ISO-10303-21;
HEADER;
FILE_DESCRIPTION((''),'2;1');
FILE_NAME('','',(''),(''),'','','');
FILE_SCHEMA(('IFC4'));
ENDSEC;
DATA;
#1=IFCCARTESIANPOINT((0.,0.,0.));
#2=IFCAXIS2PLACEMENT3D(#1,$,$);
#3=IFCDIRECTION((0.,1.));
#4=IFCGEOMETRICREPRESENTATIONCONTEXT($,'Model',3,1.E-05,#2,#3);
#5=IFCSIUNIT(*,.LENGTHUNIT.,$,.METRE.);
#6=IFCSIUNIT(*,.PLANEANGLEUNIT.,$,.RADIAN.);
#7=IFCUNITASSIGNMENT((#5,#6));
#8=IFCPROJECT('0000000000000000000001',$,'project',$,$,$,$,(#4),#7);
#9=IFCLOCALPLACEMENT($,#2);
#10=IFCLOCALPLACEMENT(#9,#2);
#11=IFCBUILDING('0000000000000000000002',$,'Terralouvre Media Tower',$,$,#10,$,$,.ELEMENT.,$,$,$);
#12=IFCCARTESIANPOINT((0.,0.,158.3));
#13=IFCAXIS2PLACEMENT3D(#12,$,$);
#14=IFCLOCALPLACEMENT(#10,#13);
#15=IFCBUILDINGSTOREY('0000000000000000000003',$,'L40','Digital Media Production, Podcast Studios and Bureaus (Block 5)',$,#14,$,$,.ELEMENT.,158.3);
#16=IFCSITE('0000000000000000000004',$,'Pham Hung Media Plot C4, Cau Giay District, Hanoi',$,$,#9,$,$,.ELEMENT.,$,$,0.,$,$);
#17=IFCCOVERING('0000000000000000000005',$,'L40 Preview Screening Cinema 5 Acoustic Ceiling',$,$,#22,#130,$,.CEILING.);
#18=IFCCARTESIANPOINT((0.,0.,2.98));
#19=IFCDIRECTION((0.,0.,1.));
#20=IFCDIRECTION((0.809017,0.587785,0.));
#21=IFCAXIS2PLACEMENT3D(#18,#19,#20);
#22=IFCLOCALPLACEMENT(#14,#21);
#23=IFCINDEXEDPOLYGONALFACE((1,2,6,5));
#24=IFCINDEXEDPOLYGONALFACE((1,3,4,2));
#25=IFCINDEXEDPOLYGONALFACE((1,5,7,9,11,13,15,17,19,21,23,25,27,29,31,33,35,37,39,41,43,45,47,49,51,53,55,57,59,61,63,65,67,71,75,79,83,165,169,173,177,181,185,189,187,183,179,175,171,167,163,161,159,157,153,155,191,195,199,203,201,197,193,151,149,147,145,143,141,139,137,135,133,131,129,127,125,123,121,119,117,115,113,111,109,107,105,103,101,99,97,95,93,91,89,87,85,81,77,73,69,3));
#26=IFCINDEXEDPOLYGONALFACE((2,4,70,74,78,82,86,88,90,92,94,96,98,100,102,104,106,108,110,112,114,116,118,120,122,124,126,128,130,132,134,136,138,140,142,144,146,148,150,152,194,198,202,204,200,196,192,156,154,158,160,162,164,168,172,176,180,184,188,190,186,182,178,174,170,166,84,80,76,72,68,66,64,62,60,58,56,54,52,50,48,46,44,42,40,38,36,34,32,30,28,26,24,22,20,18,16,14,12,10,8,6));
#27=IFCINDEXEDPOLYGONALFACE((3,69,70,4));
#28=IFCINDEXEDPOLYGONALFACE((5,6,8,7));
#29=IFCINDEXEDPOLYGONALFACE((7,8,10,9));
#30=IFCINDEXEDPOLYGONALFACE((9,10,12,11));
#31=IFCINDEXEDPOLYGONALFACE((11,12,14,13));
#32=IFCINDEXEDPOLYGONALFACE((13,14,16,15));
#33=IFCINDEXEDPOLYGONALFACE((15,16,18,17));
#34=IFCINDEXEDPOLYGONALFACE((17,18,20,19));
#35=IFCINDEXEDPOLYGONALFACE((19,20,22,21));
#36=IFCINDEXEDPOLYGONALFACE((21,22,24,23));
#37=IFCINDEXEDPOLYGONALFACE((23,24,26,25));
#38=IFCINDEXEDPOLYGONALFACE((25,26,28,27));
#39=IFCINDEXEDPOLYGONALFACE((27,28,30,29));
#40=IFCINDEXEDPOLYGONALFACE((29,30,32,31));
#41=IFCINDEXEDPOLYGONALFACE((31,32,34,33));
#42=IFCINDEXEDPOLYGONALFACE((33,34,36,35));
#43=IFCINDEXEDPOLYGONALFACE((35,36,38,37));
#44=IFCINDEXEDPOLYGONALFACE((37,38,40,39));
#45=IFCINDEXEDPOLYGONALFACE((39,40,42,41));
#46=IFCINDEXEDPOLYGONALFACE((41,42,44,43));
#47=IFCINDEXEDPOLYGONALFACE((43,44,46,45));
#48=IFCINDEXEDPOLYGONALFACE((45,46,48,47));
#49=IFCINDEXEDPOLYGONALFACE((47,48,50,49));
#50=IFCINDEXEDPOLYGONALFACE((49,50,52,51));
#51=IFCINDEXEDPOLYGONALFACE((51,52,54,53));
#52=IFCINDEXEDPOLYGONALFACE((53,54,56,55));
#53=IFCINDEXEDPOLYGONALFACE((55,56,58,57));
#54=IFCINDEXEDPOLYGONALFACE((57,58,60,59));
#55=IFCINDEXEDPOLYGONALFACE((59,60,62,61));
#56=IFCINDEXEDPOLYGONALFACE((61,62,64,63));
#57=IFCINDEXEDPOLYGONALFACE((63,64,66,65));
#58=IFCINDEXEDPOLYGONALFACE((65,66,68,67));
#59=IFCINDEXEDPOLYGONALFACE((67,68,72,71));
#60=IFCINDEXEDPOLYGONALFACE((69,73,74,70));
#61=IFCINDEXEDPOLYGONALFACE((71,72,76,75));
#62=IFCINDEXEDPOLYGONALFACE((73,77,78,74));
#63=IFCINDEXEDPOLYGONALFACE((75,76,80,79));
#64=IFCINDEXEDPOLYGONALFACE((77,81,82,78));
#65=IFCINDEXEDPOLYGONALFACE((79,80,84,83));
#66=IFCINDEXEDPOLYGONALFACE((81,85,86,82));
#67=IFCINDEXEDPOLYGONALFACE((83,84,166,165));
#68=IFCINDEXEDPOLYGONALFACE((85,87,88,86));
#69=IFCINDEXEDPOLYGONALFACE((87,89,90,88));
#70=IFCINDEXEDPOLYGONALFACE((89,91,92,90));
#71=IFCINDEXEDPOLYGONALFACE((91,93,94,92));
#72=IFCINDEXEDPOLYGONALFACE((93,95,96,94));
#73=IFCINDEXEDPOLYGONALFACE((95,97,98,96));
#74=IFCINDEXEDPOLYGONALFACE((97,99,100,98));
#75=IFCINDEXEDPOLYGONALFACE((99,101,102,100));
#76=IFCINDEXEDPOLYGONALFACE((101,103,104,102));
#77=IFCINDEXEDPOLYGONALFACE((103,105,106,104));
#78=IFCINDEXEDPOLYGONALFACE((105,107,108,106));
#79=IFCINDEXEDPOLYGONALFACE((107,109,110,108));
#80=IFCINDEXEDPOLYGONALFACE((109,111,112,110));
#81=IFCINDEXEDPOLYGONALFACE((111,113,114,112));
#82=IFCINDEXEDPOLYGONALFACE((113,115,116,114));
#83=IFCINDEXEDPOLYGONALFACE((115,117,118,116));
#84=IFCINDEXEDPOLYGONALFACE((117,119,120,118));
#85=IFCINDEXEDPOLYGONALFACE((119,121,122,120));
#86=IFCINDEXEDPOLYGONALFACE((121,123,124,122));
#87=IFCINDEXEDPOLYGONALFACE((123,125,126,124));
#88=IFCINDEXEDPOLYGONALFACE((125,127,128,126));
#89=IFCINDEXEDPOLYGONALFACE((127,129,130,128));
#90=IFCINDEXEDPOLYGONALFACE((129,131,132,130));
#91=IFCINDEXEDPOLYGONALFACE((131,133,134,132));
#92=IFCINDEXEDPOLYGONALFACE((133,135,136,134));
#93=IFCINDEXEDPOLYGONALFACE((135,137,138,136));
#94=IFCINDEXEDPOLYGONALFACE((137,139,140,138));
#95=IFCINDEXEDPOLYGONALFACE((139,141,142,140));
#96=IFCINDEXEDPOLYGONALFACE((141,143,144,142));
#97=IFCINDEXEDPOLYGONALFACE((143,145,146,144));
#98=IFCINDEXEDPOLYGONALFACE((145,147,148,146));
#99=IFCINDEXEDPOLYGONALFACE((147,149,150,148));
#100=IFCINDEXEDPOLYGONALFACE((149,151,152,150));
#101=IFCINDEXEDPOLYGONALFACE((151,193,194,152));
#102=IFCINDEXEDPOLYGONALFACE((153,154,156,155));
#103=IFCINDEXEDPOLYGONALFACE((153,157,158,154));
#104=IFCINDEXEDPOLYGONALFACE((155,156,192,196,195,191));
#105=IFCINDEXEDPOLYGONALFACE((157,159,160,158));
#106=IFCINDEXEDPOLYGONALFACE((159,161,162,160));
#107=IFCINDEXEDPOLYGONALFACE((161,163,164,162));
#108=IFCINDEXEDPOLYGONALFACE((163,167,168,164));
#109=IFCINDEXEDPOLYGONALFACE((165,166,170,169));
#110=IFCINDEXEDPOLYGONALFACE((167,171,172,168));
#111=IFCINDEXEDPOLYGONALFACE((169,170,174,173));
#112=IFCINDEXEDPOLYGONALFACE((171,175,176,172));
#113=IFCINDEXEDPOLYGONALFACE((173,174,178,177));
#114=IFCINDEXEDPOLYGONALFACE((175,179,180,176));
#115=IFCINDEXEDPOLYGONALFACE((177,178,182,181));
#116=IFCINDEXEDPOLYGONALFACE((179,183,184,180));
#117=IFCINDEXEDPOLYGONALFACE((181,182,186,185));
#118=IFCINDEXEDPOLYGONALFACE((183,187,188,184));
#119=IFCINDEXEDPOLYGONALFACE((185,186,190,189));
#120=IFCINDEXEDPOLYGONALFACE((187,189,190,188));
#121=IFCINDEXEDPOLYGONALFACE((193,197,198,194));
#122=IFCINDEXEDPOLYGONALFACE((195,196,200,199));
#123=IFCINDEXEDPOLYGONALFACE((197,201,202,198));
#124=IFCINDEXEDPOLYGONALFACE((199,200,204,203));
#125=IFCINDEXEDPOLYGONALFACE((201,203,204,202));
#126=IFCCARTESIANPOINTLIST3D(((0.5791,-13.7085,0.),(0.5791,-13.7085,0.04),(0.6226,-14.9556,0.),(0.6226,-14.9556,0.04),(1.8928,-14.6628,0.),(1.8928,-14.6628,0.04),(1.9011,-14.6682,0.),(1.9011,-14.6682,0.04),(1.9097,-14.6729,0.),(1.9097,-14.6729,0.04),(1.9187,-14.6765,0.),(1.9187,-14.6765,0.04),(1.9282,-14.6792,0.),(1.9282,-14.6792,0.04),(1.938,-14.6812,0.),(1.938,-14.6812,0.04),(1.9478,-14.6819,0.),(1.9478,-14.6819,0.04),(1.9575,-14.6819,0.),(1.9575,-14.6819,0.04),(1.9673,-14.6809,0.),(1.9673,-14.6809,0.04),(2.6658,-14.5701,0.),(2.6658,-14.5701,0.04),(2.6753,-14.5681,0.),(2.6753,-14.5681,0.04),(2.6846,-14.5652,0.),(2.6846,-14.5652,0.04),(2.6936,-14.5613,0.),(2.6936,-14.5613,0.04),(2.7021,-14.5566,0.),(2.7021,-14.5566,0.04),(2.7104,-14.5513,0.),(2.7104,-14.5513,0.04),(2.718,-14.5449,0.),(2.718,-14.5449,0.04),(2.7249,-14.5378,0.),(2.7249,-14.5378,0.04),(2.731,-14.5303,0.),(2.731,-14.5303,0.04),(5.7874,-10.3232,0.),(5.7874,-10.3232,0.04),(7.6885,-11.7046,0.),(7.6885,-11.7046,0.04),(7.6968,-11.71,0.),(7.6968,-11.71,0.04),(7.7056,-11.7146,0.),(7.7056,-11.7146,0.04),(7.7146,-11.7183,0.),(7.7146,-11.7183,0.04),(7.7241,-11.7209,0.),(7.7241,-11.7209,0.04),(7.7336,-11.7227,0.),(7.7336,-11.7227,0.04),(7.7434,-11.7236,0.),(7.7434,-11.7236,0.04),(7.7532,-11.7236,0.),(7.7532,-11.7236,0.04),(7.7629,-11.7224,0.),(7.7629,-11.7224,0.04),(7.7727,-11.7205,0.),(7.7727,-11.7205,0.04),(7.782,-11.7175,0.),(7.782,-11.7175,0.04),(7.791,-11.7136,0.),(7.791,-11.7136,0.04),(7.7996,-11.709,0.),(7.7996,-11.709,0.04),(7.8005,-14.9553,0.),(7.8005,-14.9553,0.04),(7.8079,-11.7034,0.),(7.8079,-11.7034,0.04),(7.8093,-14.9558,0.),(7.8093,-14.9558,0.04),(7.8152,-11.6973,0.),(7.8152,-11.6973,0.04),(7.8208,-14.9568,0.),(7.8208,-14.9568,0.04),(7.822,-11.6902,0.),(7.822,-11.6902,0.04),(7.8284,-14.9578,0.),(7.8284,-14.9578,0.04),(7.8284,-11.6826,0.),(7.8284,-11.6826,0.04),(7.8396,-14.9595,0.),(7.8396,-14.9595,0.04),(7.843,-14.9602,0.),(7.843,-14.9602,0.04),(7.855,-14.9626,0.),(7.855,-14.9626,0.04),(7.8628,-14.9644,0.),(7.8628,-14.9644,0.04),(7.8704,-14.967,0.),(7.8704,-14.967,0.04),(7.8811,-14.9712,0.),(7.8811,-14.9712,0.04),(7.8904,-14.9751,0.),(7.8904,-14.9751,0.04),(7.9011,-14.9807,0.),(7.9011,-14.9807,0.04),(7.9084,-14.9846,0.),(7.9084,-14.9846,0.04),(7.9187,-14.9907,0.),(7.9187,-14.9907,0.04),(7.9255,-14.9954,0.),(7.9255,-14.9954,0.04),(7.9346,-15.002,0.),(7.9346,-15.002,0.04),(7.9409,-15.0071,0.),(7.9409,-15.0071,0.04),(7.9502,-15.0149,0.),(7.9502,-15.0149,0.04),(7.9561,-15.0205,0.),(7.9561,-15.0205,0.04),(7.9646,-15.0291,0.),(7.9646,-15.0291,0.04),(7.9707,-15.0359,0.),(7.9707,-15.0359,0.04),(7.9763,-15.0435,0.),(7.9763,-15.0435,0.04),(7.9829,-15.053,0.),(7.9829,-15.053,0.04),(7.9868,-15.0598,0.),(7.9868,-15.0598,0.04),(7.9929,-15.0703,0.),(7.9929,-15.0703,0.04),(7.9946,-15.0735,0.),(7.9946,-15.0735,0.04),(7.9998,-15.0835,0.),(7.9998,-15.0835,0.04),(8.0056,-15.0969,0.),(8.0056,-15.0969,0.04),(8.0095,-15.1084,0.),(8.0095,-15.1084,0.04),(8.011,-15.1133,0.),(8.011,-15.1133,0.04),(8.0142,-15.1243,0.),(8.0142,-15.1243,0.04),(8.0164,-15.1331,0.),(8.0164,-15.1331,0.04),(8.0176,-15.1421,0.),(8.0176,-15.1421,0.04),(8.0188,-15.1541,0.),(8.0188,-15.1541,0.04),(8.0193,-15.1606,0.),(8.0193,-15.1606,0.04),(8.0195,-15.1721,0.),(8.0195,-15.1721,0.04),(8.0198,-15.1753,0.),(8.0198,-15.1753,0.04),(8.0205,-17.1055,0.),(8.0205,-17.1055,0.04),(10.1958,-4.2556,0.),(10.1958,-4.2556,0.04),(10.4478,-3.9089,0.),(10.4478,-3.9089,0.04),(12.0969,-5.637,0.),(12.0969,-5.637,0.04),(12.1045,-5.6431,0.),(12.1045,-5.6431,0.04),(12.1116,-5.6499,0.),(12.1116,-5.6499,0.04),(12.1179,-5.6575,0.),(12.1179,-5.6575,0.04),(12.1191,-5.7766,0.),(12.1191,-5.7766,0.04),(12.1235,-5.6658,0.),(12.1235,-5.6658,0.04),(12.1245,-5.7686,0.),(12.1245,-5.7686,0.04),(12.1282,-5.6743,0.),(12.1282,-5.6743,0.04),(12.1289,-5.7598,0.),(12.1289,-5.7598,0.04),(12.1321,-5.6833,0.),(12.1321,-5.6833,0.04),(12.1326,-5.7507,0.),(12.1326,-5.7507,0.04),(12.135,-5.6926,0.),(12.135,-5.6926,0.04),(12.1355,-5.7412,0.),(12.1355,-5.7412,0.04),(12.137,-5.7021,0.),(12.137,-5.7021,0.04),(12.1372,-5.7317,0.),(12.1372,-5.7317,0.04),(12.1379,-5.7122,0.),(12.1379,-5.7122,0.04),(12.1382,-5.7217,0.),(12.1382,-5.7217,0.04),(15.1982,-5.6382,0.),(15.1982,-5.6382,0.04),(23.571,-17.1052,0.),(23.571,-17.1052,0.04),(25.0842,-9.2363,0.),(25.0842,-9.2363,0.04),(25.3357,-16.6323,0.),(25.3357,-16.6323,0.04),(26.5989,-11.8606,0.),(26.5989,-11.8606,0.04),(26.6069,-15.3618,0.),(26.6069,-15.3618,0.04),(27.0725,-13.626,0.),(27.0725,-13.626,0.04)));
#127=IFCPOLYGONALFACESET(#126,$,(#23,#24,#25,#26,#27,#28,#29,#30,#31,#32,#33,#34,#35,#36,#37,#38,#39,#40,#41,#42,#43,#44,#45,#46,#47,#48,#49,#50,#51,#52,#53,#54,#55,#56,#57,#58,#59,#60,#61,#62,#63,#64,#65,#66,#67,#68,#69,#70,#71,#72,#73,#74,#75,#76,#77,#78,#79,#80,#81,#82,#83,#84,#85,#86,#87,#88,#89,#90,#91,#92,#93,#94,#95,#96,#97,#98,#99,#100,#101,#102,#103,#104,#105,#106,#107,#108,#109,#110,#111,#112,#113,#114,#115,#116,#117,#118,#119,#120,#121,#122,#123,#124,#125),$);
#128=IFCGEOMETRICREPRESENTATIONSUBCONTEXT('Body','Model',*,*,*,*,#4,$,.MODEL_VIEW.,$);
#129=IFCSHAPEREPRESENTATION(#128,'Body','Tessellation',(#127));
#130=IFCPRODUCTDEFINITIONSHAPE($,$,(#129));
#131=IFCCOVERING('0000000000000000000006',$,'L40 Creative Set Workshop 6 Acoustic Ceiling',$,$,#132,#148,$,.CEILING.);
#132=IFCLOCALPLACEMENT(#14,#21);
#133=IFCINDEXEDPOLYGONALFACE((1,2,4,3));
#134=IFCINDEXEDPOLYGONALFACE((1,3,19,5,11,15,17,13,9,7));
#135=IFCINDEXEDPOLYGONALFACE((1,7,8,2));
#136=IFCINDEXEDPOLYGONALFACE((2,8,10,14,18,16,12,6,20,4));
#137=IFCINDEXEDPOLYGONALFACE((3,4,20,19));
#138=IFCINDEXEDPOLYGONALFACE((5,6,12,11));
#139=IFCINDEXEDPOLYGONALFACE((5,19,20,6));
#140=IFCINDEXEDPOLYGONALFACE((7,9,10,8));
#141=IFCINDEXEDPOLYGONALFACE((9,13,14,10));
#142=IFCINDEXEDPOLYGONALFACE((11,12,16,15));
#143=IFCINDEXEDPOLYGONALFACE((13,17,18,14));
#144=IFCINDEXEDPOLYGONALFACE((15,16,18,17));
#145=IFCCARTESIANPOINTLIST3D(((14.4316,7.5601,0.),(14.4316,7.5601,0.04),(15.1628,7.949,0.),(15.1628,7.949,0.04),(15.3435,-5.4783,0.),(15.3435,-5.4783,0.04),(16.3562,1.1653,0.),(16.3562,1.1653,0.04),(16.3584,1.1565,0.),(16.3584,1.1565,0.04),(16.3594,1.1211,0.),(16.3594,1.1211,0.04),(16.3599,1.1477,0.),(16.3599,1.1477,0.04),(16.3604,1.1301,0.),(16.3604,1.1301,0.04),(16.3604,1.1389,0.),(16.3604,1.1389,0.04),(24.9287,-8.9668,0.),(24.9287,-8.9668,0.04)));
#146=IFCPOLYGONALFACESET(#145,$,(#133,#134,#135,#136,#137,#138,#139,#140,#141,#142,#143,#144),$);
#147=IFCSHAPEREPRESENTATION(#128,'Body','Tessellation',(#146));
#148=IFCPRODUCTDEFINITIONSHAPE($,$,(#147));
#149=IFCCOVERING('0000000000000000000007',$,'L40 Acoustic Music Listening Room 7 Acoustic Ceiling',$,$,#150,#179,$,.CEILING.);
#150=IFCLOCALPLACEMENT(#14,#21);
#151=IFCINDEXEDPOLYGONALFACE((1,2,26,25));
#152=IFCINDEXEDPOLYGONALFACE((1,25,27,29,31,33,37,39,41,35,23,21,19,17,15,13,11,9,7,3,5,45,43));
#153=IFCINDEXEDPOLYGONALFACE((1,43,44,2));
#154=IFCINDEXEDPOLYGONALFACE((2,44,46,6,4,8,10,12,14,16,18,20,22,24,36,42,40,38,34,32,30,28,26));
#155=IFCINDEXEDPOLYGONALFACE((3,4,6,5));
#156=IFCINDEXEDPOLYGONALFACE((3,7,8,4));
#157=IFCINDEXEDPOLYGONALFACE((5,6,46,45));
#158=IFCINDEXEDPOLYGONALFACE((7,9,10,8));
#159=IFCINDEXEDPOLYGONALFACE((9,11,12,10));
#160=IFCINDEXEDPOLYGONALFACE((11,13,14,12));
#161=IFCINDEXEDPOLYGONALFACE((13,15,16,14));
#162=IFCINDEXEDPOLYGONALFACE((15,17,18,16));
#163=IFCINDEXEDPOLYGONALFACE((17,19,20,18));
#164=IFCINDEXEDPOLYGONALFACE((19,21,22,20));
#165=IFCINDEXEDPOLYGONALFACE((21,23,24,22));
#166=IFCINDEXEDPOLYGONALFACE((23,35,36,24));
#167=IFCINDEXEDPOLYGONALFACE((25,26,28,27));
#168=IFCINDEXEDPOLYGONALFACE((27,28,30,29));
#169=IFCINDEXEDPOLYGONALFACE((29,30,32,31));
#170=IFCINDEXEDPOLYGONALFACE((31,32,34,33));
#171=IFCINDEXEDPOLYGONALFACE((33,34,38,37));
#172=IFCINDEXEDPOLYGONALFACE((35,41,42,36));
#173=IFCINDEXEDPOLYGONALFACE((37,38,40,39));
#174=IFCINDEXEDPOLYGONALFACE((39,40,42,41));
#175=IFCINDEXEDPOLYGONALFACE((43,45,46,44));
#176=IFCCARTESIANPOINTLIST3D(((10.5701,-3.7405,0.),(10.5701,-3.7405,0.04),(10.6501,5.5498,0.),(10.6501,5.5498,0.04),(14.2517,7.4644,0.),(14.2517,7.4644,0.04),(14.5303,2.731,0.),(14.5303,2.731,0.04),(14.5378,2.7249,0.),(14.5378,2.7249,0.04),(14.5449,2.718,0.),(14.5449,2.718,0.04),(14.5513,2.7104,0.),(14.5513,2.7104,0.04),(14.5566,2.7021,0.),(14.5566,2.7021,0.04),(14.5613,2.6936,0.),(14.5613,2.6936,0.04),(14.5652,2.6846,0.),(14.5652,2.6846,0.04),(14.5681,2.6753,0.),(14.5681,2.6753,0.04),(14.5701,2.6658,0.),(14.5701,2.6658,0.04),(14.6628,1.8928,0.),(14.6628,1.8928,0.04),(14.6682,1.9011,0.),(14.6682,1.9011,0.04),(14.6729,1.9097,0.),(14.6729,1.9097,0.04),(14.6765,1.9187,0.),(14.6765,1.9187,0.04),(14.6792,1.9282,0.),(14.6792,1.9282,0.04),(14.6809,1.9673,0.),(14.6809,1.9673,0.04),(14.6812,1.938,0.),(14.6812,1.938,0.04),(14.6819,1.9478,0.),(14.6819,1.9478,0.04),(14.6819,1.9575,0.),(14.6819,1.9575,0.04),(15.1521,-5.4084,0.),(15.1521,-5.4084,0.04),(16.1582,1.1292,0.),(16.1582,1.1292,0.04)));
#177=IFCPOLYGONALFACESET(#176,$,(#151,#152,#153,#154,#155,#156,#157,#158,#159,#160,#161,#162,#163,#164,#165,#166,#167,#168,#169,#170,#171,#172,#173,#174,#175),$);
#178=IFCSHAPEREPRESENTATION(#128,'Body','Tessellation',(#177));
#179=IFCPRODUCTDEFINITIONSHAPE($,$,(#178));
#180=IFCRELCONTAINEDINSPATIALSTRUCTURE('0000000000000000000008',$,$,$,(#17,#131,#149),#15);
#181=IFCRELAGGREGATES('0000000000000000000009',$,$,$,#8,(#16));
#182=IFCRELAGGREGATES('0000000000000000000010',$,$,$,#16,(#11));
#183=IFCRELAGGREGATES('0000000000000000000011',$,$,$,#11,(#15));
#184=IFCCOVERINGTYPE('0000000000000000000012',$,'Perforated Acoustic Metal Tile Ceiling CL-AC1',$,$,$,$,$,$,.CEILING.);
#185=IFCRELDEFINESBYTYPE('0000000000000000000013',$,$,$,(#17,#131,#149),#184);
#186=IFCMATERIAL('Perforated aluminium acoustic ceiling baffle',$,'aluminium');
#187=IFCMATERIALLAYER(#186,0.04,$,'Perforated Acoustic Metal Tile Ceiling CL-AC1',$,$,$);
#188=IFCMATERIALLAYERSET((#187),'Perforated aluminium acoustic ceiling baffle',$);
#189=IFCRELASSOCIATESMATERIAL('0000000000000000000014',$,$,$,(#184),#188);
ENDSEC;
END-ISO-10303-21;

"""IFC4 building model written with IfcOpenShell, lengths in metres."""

from ifc_helpers import new_model, si_unit, direction, frame, origin, place, context, subcontext, project, spatial, polyline, outline, extrude, material, layer, layer_set, type_object, element, save


model = new_model("IFC4")

# Units and contexts
model_context = context("Model", 3, precision=1e-05, world=origin(), true_north=direction((0.0, 1.0)))
body_context = subcontext(model_context, "Body", "Model", "MODEL_VIEW")
ifc_project = project(units=[si_unit("LENGTHUNIT", "METRE"), si_unit("PLANEANGLEUNIT", "RADIAN")], contexts=[model_context])

# Site, building, storey
site_placement = place(None, origin())
site = spatial("IfcSite", under=ifc_project, at=site_placement, Name="Pham Hung Media Plot C4, Cau Giay District, Hanoi", CompositionType="ELEMENT", RefElevation=0.0)
building_placement = place(site_placement, origin())
building = spatial("IfcBuilding", under=site, at=building_placement, Name="Terralouvre Media Tower", CompositionType="ELEMENT")
storey_placement = place(building_placement, frame((0.0, 0.0, 158.3)))
storey = spatial("IfcBuildingStorey", under=building, at=storey_placement, Name="L40", Description="Digital Media Production, Podcast Studios and Bureaus (Block 5)", CompositionType="ELEMENT", Elevation=158.3)

# Coverings
ifc_material_1 = material(Name="Perforated aluminium acoustic ceiling baffle", Category="aluminium")
ifc_layer_1 = layer(ifc_material_1, 0.04, Name="Perforated Acoustic Metal Tile Ceiling CL-AC1")
ifc_layer_set_1 = layer_set([ifc_layer_1], Name="Perforated aluminium acoustic ceiling baffle")
covering_type_1 = type_object("IfcCoveringType", Name="Perforated Acoustic Metal Tile Ceiling CL-AC1", PredefinedType="CEILING", material=ifc_layer_set_1)
covering_1_placement = place(storey_placement, frame((0.0, 0.0, 2.98), z_axis=(0.0, 0.0, 1.0), x_axis=(0.809017, 0.587785, 0.0)))
element("IfcCovering", 1, at=covering_1_placement, inside=storey, type_object=covering_type_1, Name="L40 Preview Screening Cinema 5 Acoustic Ceiling", PredefinedType="CEILING", context=body_context, shape_type="SweptSolid", body=[
    extrude(outline(polyline([(10.4478, -3.9089), (10.1958, -4.2556), (12.0969, -5.637), (12.1045, -5.6431), (12.1116, -5.6499), (12.1179, -5.6575), (12.1235, -5.6658), (12.1282, -5.6743), (12.1321, -5.6833), (12.135, -5.6926), (12.137, -5.7021), (12.1379, -5.7122), (12.1382, -5.7217), (12.1372, -5.7317), (12.1355, -5.7412), (12.1326, -5.7507), (12.1289, -5.7598), (12.1245, -5.7686), (12.1191, -5.7766), (7.8284, -11.6826), (7.822, -11.6902), (7.8152, -11.6973), (7.8079, -11.7034), (7.7996, -11.709), (7.791, -11.7136), (7.782, -11.7175), (7.7727, -11.7205), (7.7629, -11.7224), (7.7532, -11.7236), (7.7434, -11.7236), (7.7336, -11.7227), (7.7241, -11.7209), (7.7146, -11.7183), (7.7056, -11.7146), (7.6968, -11.71), (7.6885, -11.7046), (5.7874, -10.3232), (2.731, -14.5303), (2.7249, -14.5378), (2.718, -14.5449), (2.7104, -14.5513), (2.7021, -14.5566), (2.6936, -14.5613), (2.6846, -14.5652), (2.6753, -14.5681), (2.6658, -14.5701), (1.9673, -14.6809), (1.9575, -14.6819), (1.9478, -14.6819), (1.938, -14.6812), (1.9282, -14.6792), (1.9187, -14.6765), (1.9097, -14.6729), (1.9011, -14.6682), (1.8928, -14.6628), (0.5791, -13.7085), (0.6226, -14.9556), (7.8005, -14.9553), (7.8093, -14.9558), (7.8208, -14.9568), (7.8284, -14.9578), (7.8396, -14.9595), (7.843, -14.9602), (7.855, -14.9626), (7.8628, -14.9644), (7.8704, -14.967), (7.8811, -14.9712), (7.8904, -14.9751), (7.9011, -14.9807), (7.9084, -14.9846), (7.9187, -14.9907), (7.9255, -14.9954), (7.9346, -15.002), (7.9409, -15.0071), (7.9502, -15.0149), (7.9561, -15.0205), (7.9646, -15.0291), (7.9707, -15.0359), (7.9763, -15.0435), (7.9829, -15.053), (7.9868, -15.0598), (7.9929, -15.0703), (7.9946, -15.0735), (7.9998, -15.0835), (8.0056, -15.0969), (8.0095, -15.1084), (8.011, -15.1133), (8.0142, -15.1243), (8.0164, -15.1331), (8.0176, -15.1421), (8.0188, -15.1541), (8.0193, -15.1606), (8.0195, -15.1721), (8.0198, -15.1753), (8.0205, -17.1055), (23.571, -17.1052), (25.3357, -16.6323), (26.6069, -15.3618), (27.0725, -13.626), (26.5989, -11.8606), (25.0842, -9.2363), (15.1982, -5.6382), (10.4478, -3.9089)])), origin(), (0.0, 0.0, 1.0), 0.04),
])
covering_2_placement = place(storey_placement, frame((0.0, 0.0, 2.98), z_axis=(0.0, 0.0, 1.0), x_axis=(0.809017, 0.587785, 0.0)))
element("IfcCovering", 2, at=covering_2_placement, inside=storey, type_object=covering_type_1, Name="L40 Creative Set Workshop 6 Acoustic Ceiling", PredefinedType="CEILING", context=body_context, shape_type="SweptSolid", body=[
    extrude(outline(polyline([(16.3562, 1.1653), (16.3584, 1.1565), (16.3599, 1.1477), (16.3604, 1.1389), (16.3604, 1.1301), (16.3594, 1.1211), (15.3435, -5.4783), (24.9287, -8.9668), (15.1628, 7.949), (14.4316, 7.5601), (16.3562, 1.1653)])), origin(), (0.0, 0.0, 1.0), 0.04),
])
covering_3_placement = place(storey_placement, frame((0.0, 0.0, 2.98), z_axis=(0.0, 0.0, 1.0), x_axis=(0.809017, 0.587785, 0.0)))
element("IfcCovering", 3, at=covering_3_placement, inside=storey, type_object=covering_type_1, Name="L40 Acoustic Music Listening Room 7 Acoustic Ceiling", PredefinedType="CEILING", context=body_context, shape_type="SweptSolid", body=[
    extrude(outline(polyline([(16.1582, 1.1292), (14.2517, 7.4644), (10.6501, 5.5498), (14.5303, 2.731), (14.5378, 2.7249), (14.5449, 2.718), (14.5513, 2.7104), (14.5566, 2.7021), (14.5613, 2.6936), (14.5652, 2.6846), (14.5681, 2.6753), (14.5701, 2.6658), (14.6809, 1.9673), (14.6819, 1.9575), (14.6819, 1.9478), (14.6812, 1.938), (14.6792, 1.9282), (14.6765, 1.9187), (14.6729, 1.9097), (14.6682, 1.9011), (14.6628, 1.8928), (10.5701, -3.7405), (15.1521, -5.4084), (16.1582, 1.1292)])), origin(), (0.0, 0.0, 1.0), 0.04),
])

save(model, "model.ifc")
